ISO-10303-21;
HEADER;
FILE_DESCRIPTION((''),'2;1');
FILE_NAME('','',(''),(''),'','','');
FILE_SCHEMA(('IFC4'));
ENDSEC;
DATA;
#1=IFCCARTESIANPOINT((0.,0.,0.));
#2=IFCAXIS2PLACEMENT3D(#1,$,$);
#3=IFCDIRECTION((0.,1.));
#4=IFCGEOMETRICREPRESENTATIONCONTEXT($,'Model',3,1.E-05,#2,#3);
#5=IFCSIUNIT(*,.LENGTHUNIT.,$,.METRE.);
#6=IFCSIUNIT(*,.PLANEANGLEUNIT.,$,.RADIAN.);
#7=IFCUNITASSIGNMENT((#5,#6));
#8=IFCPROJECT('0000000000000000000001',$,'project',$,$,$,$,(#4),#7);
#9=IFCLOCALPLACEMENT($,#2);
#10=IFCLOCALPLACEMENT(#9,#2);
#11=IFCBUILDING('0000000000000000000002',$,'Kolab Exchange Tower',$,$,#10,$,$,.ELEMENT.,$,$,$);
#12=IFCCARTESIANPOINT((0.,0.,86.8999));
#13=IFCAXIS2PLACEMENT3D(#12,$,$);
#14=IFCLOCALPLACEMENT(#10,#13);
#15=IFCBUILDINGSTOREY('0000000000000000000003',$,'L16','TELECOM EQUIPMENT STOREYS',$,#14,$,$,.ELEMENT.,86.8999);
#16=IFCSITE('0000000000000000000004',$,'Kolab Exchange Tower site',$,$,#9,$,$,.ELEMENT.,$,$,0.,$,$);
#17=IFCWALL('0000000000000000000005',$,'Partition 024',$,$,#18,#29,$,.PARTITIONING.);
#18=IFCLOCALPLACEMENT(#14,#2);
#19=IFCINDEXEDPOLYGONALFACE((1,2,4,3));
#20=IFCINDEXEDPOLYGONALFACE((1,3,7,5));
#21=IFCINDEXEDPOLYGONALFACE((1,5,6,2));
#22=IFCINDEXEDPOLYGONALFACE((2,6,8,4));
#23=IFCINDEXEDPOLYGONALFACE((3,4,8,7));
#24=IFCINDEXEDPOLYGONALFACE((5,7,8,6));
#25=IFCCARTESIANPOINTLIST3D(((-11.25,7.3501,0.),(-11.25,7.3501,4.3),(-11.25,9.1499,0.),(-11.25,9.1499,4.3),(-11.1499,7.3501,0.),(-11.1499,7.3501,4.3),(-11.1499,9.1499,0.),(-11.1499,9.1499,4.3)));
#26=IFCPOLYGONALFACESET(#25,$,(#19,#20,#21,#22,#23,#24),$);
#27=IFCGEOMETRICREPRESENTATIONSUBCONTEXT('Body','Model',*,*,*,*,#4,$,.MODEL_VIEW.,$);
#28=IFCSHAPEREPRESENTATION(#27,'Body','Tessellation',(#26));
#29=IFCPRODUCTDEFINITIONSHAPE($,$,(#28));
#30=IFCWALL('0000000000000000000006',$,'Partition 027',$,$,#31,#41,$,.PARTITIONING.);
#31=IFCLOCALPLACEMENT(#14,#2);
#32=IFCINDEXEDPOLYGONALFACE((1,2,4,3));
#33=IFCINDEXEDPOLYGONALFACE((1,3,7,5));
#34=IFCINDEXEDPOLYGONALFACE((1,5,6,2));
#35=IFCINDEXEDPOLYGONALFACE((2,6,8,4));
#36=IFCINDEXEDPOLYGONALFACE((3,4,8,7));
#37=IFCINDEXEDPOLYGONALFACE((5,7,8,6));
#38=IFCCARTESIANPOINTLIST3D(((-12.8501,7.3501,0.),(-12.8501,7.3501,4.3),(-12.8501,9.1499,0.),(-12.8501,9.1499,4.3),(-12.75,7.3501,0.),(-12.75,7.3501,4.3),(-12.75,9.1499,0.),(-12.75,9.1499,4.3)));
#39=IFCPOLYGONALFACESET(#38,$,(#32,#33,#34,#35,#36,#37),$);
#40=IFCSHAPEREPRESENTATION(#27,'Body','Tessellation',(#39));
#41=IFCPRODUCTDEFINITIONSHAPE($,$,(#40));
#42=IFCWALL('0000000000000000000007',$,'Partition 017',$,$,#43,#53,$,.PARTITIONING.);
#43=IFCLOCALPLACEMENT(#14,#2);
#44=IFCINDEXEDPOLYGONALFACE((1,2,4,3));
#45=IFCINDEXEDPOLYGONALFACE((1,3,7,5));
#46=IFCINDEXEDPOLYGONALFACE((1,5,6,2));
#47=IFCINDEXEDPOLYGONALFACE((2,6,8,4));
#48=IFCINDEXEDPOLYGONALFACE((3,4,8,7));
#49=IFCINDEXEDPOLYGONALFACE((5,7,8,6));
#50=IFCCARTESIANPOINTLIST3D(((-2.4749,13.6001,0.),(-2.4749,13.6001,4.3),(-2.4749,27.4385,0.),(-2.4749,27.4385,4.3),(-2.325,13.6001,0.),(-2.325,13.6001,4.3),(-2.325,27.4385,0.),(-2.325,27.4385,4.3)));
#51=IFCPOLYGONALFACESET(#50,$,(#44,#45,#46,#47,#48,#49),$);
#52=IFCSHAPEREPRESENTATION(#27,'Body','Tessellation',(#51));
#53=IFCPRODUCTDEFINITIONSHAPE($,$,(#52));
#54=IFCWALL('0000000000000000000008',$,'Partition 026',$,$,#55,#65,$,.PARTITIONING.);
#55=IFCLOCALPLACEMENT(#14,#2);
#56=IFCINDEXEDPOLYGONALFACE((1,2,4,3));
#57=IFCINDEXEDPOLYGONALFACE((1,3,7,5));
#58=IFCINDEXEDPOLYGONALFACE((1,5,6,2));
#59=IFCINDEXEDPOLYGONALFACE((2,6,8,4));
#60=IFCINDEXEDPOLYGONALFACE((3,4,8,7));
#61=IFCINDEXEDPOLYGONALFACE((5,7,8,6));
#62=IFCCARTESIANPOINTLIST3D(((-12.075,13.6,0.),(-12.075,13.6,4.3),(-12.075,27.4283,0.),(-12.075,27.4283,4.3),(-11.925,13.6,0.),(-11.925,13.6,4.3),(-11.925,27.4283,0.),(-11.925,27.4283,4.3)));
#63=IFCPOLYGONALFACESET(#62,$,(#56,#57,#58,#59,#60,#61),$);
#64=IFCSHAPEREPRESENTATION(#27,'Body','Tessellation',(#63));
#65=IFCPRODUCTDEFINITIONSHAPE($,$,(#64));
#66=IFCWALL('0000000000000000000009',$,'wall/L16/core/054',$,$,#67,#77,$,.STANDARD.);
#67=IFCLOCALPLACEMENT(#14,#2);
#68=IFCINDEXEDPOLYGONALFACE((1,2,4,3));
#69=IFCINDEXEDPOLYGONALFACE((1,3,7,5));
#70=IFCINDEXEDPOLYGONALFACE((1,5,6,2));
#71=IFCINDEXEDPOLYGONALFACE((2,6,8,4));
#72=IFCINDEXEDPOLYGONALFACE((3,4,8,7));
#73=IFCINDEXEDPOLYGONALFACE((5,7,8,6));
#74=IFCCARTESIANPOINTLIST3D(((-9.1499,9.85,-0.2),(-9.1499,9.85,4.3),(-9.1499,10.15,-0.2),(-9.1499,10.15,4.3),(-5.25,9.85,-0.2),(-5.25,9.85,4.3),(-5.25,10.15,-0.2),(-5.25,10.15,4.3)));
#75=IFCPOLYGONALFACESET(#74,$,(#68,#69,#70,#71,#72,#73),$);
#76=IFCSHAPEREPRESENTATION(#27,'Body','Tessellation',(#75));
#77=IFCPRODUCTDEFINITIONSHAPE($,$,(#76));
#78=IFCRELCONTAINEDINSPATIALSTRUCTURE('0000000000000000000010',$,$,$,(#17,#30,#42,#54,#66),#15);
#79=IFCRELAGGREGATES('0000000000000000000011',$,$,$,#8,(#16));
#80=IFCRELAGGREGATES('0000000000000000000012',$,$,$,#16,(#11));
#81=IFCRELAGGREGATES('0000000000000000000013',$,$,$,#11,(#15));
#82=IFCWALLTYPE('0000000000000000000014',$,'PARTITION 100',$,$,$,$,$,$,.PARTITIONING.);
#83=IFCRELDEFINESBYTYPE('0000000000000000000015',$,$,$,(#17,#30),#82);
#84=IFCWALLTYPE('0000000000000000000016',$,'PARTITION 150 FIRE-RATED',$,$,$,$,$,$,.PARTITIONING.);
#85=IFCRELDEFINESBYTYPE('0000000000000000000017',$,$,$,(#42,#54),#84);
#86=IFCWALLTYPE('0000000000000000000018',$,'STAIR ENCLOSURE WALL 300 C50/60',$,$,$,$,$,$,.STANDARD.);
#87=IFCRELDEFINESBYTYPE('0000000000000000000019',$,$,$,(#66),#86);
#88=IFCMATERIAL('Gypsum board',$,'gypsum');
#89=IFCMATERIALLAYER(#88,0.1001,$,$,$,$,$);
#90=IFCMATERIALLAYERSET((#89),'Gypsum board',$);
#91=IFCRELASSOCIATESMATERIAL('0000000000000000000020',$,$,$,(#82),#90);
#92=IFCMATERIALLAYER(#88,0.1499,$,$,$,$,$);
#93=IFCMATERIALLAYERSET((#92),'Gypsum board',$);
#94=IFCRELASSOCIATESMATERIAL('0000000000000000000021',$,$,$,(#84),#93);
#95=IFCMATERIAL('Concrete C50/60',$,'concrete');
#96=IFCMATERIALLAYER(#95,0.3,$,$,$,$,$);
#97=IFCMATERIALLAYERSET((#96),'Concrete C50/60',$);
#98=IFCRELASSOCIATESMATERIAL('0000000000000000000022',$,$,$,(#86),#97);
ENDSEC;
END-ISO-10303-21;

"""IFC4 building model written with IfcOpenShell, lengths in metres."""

from ifc_helpers import new_model, si_unit, direction, frame, frame_2d, origin, place, context, subcontext, project, spatial, rectangle, extrude, material, layer, layer_set, type_object, element, save


model = new_model("IFC4")

# Units and contexts
model_context = context("Model", 3, precision=1e-05, world=origin(), true_north=direction((0.0, 1.0)))
body_context = subcontext(model_context, "Body", "Model", "MODEL_VIEW")
ifc_project = project(units=[si_unit("LENGTHUNIT", "METRE"), si_unit("PLANEANGLEUNIT", "RADIAN")], contexts=[model_context])

# Site, building, storey
site_placement = place(None, origin())
site = spatial("IfcSite", under=ifc_project, at=site_placement, Name="Kolab Exchange Tower site", CompositionType="ELEMENT", RefElevation=0.0)
building_placement = place(site_placement, origin())
building = spatial("IfcBuilding", under=site, at=building_placement, Name="Kolab Exchange Tower", CompositionType="ELEMENT")
storey_placement = place(building_placement, frame((0.0, 0.0, 86.8999)))
storey = spatial("IfcBuildingStorey", under=building, at=storey_placement, Name="L16", Description="TELECOM EQUIPMENT STOREYS", CompositionType="ELEMENT", Elevation=86.8999)

# Walls
ifc_material_1 = material(Name="Gypsum board", Category="gypsum")
ifc_layer_1 = layer(ifc_material_1, 0.1001)
ifc_layer_set_1 = layer_set([ifc_layer_1], Name="Gypsum board")
wall_type_1 = type_object("IfcWallType", Name="PARTITION 100", PredefinedType="PARTITIONING", material=ifc_layer_set_1)
for number, where, z_axis, x_axis, name in (
    (1, (-11.2, 7.3501, 0.0), (0.0, 0.0, 1.0), (0.0, 1.0, 0.0), "Partition 024"),
    (2, (-12.8, 7.3501, 0.0), (0.0, 0.0, 1.0), (0.0, 1.0, 0.0), "Partition 027"),
):
    element("IfcWall", number, at=place(storey_placement, frame(where, z_axis=z_axis, x_axis=x_axis)), inside=storey, type_object=wall_type_1, Name=name, PredefinedType="PARTITIONING", context=body_context, shape_type="SweptSolid", body=[
        extrude(rectangle(XDim=1.7998, YDim=0.1001, at=frame_2d((0.8999, 0.0))), origin(), (0.0, 0.0, 1.0), 4.3),
    ])
ifc_layer_2 = layer(ifc_material_1, 0.1499)
ifc_layer_set_2 = layer_set([ifc_layer_2], Name="Gypsum board")
wall_type_2 = type_object("IfcWallType", Name="PARTITION 150 FIRE-RATED", PredefinedType="PARTITIONING", material=ifc_layer_set_2)
wall_1_placement = place(storey_placement, frame((-2.3999, 13.6001, 0.0), z_axis=(0.0, 0.0, 1.0), x_axis=(0.0, 1.0, 0.0)))
element("IfcWall", 3, at=wall_1_placement, inside=storey, type_object=wall_type_2, Name="Partition 017", PredefinedType="PARTITIONING", context=body_context, shape_type="SweptSolid", body=[
    extrude(rectangle(XDim=13.8384, YDim=0.1499, at=frame_2d((6.9192, 0.0))), origin(), (0.0, 0.0, 1.0), 4.3),
])
wall_2_placement = place(storey_placement, frame((-12.0, 13.6001, 0.0), z_axis=(0.0, 0.0, 1.0), x_axis=(0.0, 1.0, 0.0)))
element("IfcWall", 4, at=wall_2_placement, inside=storey, type_object=wall_type_2, Name="Partition 026", PredefinedType="PARTITIONING", context=body_context, shape_type="SweptSolid", body=[
    extrude(rectangle(XDim=13.8284, YDim=0.1499, at=frame_2d((6.9141, 0.0))), origin(), (0.0, 0.0, 1.0), 4.3),
])
ifc_material_2 = material(Name="Concrete C50/60", Category="concrete")
ifc_layer_3 = layer(ifc_material_2, 0.3)
ifc_layer_set_3 = layer_set([ifc_layer_3], Name="Concrete C50/60")
wall_type_3 = type_object("IfcWallType", Name="STAIR ENCLOSURE WALL 300 C50/60", PredefinedType="STANDARD", material=ifc_layer_set_3)
wall_3_placement = place(storey_placement, frame((-9.1499, 10.0, -0.2), z_axis=(0.0, 0.0, 1.0), x_axis=(1.0, 0.0, 0.0)))
element("IfcWall", 5, at=wall_3_placement, inside=storey, type_object=wall_type_3, Name="wall/L16/core/054", PredefinedType="STANDARD", context=body_context, shape_type="SweptSolid", body=[
    extrude(rectangle(XDim=3.8999, YDim=0.3, at=frame_2d((1.95, 0.0))), origin(), (0.0, 0.0, 1.0), 4.5),
])

save(model, "model.ifc")
